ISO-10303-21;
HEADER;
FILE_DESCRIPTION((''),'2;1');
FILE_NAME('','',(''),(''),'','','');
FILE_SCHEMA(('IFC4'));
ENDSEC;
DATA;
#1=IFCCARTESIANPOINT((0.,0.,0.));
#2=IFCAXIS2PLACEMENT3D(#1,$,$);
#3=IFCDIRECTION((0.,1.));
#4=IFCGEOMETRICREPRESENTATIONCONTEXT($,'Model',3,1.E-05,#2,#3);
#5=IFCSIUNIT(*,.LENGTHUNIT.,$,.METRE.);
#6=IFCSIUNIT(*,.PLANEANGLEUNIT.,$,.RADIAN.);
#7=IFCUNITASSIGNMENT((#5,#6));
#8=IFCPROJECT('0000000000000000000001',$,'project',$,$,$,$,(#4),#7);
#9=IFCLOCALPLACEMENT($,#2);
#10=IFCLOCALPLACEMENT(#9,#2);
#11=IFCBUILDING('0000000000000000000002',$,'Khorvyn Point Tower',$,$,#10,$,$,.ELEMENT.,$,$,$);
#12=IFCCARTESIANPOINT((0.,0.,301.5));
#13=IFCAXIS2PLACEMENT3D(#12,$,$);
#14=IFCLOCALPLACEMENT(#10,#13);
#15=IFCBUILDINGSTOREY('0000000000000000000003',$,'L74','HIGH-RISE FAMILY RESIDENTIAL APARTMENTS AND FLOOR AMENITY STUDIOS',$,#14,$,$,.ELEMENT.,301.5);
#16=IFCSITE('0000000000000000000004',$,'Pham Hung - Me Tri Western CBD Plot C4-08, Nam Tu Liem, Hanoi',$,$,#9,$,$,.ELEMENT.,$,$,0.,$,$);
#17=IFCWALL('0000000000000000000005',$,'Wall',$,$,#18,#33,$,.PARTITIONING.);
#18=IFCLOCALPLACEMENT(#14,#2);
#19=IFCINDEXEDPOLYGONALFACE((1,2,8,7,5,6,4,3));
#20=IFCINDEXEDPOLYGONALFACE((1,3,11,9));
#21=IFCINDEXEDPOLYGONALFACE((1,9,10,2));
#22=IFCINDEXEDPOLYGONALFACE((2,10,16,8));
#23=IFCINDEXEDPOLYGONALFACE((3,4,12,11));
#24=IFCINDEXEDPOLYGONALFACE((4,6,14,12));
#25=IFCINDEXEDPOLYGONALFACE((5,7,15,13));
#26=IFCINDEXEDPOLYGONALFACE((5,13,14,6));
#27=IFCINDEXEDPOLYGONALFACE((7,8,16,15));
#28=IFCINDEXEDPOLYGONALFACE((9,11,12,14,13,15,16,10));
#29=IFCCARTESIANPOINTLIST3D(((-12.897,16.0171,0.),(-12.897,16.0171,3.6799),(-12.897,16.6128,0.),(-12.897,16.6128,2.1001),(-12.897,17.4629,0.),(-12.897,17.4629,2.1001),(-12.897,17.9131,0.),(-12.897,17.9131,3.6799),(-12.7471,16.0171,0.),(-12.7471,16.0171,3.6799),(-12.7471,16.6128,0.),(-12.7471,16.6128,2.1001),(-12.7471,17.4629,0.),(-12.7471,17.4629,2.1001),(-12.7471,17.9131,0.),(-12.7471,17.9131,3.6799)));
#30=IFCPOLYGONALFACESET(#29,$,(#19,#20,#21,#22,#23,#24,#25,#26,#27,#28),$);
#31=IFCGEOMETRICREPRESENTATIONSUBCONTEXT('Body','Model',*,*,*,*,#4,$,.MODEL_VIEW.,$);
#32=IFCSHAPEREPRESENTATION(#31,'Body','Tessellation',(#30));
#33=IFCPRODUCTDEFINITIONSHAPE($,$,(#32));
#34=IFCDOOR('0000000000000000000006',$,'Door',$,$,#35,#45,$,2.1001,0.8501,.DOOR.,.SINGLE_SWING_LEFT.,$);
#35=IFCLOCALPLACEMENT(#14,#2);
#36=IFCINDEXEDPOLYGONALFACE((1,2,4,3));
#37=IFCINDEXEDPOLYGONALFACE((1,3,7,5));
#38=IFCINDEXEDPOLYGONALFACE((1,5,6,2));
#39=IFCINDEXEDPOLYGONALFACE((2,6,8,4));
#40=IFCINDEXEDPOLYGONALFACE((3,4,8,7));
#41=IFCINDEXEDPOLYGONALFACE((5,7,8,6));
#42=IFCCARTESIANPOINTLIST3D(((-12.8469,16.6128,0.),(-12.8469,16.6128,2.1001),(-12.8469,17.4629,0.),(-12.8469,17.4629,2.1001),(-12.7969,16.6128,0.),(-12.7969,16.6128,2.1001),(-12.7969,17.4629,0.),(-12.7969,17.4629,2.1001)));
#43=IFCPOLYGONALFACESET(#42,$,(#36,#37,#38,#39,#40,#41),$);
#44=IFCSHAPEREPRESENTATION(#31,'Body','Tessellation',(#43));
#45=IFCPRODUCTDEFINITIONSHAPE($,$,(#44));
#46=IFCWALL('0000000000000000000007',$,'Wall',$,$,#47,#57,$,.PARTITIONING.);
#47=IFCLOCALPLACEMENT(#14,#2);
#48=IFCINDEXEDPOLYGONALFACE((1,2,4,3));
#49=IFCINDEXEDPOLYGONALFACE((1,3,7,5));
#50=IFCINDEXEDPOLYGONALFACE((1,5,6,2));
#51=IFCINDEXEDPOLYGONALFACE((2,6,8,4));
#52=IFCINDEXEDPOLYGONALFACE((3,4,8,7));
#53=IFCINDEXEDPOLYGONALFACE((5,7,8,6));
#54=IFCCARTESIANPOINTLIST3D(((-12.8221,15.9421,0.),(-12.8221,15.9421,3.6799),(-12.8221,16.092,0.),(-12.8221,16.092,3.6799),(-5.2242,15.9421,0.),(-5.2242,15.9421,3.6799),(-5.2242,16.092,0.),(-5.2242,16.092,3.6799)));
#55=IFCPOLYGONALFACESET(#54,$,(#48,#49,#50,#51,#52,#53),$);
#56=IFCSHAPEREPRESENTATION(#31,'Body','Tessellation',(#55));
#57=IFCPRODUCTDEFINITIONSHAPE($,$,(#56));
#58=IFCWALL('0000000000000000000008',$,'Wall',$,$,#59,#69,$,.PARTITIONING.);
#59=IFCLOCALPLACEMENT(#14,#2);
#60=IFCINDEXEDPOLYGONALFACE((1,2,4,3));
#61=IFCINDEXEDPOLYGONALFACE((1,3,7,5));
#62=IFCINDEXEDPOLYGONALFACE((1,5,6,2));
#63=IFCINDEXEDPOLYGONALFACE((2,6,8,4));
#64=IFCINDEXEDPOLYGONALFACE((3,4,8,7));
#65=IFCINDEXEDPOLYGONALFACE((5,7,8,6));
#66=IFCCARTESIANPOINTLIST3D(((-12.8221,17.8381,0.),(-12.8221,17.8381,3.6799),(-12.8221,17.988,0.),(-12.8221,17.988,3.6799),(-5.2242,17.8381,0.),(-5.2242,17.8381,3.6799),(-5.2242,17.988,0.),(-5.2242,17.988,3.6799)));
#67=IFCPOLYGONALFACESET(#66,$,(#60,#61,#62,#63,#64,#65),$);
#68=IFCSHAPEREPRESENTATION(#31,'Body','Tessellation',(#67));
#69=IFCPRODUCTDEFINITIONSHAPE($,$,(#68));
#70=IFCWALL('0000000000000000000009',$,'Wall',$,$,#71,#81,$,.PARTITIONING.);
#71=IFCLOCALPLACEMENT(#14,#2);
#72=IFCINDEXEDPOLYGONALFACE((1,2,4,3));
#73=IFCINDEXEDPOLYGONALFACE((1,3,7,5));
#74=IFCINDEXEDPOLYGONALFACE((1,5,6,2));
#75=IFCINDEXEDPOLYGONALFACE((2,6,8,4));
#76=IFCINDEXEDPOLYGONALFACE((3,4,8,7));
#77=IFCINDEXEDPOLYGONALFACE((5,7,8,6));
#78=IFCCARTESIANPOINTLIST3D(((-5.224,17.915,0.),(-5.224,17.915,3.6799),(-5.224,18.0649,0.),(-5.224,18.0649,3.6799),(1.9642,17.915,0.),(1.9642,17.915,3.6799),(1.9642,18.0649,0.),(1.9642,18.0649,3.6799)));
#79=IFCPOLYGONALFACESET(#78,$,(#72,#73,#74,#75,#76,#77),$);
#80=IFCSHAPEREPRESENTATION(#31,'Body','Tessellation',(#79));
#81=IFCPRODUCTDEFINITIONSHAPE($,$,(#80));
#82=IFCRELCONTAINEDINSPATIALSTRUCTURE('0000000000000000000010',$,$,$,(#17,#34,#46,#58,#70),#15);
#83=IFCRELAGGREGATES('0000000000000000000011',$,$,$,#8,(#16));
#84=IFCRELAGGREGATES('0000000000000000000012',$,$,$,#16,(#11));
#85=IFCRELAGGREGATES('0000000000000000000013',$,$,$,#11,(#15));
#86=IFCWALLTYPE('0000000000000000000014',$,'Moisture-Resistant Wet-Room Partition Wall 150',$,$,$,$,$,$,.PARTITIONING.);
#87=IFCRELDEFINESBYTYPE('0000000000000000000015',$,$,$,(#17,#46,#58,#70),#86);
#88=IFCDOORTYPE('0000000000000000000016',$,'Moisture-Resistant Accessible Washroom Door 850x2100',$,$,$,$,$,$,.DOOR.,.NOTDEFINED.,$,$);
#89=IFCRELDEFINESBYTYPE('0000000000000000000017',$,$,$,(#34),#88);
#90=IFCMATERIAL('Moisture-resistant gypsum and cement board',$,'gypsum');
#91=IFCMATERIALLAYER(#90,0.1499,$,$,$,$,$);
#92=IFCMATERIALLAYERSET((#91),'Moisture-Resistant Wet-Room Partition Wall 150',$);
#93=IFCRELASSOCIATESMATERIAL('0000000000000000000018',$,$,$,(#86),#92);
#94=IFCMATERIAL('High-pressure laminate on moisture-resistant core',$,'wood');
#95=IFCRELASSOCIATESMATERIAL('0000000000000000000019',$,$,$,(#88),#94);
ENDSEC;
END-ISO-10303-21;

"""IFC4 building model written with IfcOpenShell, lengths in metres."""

from ifc_helpers import new_model, si_unit, direction, frame, frame_2d, origin, place, context, subcontext, project, spatial, rectangle, extrude, material, layer, layer_set, type_object, element, fill, save


model = new_model("IFC4")

# Units and contexts
model_context = context("Model", 3, precision=1e-05, world=origin(), true_north=direction((0.0, 1.0)))
body_context = subcontext(model_context, "Body", "Model", "MODEL_VIEW")
ifc_project = project(units=[si_unit("LENGTHUNIT", "METRE"), si_unit("PLANEANGLEUNIT", "RADIAN")], contexts=[model_context])

# Site, building, storey
site_placement = place(None, origin())
site = spatial("IfcSite", under=ifc_project, at=site_placement, Name="Pham Hung - Me Tri Western CBD Plot C4-08, Nam Tu Liem, Hanoi", CompositionType="ELEMENT", RefElevation=0.0)
building_placement = place(site_placement, origin())
building = spatial("IfcBuilding", under=site, at=building_placement, Name="Khorvyn Point Tower", CompositionType="ELEMENT")
storey_placement = place(building_placement, frame((0.0, 0.0, 301.5)))
storey = spatial("IfcBuildingStorey", under=building, at=storey_placement, Name="L74", Description="HIGH-RISE FAMILY RESIDENTIAL APARTMENTS AND FLOOR AMENITY STUDIOS", CompositionType="ELEMENT", Elevation=301.5)

# Wall, opening, door
ifc_material_1 = material(Name="Moisture-resistant gypsum and cement board", Category="gypsum")
ifc_layer_1 = layer(ifc_material_1, 0.1499)
ifc_layer_set_1 = layer_set([ifc_layer_1], Name="Moisture-Resistant Wet-Room Partition Wall 150")
wall_type_1 = type_object("IfcWallType", Name="Moisture-Resistant Wet-Room Partition Wall 150", PredefinedType="PARTITIONING", material=ifc_layer_set_1)
ifc_material_2 = material(Name="High-pressure laminate on moisture-resistant core", Category="wood")
door_type_1 = type_object("IfcDoorType", Name="Moisture-Resistant Accessible Washroom Door 850x2100", OperationType="NOTDEFINED", PredefinedType="DOOR", material=ifc_material_2)
wall_1_placement = place(storey_placement, frame((-12.822, 16.0171, 0.0), z_axis=(0.0, 0.0, 1.0), x_axis=(0.0, 1.0, 0.0)))
wall_1 = element("IfcWall", 1, at=wall_1_placement, inside=storey, type_object=wall_type_1, Name="Wall", PredefinedType="PARTITIONING", context=body_context, shape_type="SweptSolid", body=[
    extrude(rectangle(XDim=1.896, YDim=0.1499, at=frame_2d((0.948, 0.0))), origin(), (0.0, 0.0, 1.0), 3.6799),
])
opening_1_placement = place(wall_1_placement, frame((0.5957, 0.0, 0.0)))
opening_1 = element("IfcOpeningElement", 2, at=opening_1_placement, cuts=wall_1, PredefinedType="OPENING", context=body_context, shape_type="SweptSolid", body=[
    extrude(rectangle(XDim=0.8501, YDim=2.1001, at=frame_2d((0.425, 1.05))), frame((0.0, 0.085, 0.0), z_axis=(0.0, -1.0, 0.0), x_axis=(1.0, 0.0, 0.0)), (0.0, 0.0, 1.0), 0.1699),
])
door_1_placement = place(opening_1_placement, origin())
door_1 = element("IfcDoor", 3, at=door_1_placement, inside=storey, type_object=door_type_1, Name="Door", OperationType="SINGLE_SWING_LEFT", OverallHeight=2.1001, OverallWidth=0.8501, PredefinedType="DOOR", context=body_context, shape_type="SweptSolid", body=[
    extrude(rectangle(XDim=0.8501, YDim=2.1001, at=frame_2d((0.425, 1.05))), frame((0.0, 0.0249, 0.0), z_axis=(0.0, -1.0, 0.0), x_axis=(1.0, 0.0, 0.0)), (0.0, 0.0, 1.0), 0.05),
])
fill(opening_1, door_1)

# Walls
for number, where, z_axis, x_axis, name in (
    (4, (-12.822, 16.0171, 0.0), (0.0, 0.0, 1.0), (1.0, 0.0, 0.0), "Wall"),
    (5, (-12.822, 17.9131, 0.0), (0.0, 0.0, 1.0), (1.0, 0.0, 0.0), "Wall"),
):
    element("IfcWall", number, at=place(storey_placement, frame(where, z_axis=z_axis, x_axis=x_axis)), inside=storey, type_object=wall_type_1, Name=name, PredefinedType="PARTITIONING", context=body_context, shape_type="SweptSolid", body=[
        extrude(rectangle(XDim=7.5979, YDim=0.1499, at=frame_2d((3.7988, 0.0))), origin(), (0.0, 0.0, 1.0), 3.6799),
    ])
wall_2_placement = place(storey_placement, frame((-5.2241, 17.99, 0.0), z_axis=(0.0, 0.0, 1.0), x_axis=(1.0, 0.0, 0.0)))
element("IfcWall", 6, at=wall_2_placement, inside=storey, type_object=wall_type_1, Name="Wall", PredefinedType="PARTITIONING", context=body_context, shape_type="SweptSolid", body=[
    extrude(rectangle(XDim=7.1882, YDim=0.1499, at=frame_2d((3.5942, 0.0))), origin(), (0.0, 0.0, 1.0), 3.6799),
])

save(model, "model.ifc")
